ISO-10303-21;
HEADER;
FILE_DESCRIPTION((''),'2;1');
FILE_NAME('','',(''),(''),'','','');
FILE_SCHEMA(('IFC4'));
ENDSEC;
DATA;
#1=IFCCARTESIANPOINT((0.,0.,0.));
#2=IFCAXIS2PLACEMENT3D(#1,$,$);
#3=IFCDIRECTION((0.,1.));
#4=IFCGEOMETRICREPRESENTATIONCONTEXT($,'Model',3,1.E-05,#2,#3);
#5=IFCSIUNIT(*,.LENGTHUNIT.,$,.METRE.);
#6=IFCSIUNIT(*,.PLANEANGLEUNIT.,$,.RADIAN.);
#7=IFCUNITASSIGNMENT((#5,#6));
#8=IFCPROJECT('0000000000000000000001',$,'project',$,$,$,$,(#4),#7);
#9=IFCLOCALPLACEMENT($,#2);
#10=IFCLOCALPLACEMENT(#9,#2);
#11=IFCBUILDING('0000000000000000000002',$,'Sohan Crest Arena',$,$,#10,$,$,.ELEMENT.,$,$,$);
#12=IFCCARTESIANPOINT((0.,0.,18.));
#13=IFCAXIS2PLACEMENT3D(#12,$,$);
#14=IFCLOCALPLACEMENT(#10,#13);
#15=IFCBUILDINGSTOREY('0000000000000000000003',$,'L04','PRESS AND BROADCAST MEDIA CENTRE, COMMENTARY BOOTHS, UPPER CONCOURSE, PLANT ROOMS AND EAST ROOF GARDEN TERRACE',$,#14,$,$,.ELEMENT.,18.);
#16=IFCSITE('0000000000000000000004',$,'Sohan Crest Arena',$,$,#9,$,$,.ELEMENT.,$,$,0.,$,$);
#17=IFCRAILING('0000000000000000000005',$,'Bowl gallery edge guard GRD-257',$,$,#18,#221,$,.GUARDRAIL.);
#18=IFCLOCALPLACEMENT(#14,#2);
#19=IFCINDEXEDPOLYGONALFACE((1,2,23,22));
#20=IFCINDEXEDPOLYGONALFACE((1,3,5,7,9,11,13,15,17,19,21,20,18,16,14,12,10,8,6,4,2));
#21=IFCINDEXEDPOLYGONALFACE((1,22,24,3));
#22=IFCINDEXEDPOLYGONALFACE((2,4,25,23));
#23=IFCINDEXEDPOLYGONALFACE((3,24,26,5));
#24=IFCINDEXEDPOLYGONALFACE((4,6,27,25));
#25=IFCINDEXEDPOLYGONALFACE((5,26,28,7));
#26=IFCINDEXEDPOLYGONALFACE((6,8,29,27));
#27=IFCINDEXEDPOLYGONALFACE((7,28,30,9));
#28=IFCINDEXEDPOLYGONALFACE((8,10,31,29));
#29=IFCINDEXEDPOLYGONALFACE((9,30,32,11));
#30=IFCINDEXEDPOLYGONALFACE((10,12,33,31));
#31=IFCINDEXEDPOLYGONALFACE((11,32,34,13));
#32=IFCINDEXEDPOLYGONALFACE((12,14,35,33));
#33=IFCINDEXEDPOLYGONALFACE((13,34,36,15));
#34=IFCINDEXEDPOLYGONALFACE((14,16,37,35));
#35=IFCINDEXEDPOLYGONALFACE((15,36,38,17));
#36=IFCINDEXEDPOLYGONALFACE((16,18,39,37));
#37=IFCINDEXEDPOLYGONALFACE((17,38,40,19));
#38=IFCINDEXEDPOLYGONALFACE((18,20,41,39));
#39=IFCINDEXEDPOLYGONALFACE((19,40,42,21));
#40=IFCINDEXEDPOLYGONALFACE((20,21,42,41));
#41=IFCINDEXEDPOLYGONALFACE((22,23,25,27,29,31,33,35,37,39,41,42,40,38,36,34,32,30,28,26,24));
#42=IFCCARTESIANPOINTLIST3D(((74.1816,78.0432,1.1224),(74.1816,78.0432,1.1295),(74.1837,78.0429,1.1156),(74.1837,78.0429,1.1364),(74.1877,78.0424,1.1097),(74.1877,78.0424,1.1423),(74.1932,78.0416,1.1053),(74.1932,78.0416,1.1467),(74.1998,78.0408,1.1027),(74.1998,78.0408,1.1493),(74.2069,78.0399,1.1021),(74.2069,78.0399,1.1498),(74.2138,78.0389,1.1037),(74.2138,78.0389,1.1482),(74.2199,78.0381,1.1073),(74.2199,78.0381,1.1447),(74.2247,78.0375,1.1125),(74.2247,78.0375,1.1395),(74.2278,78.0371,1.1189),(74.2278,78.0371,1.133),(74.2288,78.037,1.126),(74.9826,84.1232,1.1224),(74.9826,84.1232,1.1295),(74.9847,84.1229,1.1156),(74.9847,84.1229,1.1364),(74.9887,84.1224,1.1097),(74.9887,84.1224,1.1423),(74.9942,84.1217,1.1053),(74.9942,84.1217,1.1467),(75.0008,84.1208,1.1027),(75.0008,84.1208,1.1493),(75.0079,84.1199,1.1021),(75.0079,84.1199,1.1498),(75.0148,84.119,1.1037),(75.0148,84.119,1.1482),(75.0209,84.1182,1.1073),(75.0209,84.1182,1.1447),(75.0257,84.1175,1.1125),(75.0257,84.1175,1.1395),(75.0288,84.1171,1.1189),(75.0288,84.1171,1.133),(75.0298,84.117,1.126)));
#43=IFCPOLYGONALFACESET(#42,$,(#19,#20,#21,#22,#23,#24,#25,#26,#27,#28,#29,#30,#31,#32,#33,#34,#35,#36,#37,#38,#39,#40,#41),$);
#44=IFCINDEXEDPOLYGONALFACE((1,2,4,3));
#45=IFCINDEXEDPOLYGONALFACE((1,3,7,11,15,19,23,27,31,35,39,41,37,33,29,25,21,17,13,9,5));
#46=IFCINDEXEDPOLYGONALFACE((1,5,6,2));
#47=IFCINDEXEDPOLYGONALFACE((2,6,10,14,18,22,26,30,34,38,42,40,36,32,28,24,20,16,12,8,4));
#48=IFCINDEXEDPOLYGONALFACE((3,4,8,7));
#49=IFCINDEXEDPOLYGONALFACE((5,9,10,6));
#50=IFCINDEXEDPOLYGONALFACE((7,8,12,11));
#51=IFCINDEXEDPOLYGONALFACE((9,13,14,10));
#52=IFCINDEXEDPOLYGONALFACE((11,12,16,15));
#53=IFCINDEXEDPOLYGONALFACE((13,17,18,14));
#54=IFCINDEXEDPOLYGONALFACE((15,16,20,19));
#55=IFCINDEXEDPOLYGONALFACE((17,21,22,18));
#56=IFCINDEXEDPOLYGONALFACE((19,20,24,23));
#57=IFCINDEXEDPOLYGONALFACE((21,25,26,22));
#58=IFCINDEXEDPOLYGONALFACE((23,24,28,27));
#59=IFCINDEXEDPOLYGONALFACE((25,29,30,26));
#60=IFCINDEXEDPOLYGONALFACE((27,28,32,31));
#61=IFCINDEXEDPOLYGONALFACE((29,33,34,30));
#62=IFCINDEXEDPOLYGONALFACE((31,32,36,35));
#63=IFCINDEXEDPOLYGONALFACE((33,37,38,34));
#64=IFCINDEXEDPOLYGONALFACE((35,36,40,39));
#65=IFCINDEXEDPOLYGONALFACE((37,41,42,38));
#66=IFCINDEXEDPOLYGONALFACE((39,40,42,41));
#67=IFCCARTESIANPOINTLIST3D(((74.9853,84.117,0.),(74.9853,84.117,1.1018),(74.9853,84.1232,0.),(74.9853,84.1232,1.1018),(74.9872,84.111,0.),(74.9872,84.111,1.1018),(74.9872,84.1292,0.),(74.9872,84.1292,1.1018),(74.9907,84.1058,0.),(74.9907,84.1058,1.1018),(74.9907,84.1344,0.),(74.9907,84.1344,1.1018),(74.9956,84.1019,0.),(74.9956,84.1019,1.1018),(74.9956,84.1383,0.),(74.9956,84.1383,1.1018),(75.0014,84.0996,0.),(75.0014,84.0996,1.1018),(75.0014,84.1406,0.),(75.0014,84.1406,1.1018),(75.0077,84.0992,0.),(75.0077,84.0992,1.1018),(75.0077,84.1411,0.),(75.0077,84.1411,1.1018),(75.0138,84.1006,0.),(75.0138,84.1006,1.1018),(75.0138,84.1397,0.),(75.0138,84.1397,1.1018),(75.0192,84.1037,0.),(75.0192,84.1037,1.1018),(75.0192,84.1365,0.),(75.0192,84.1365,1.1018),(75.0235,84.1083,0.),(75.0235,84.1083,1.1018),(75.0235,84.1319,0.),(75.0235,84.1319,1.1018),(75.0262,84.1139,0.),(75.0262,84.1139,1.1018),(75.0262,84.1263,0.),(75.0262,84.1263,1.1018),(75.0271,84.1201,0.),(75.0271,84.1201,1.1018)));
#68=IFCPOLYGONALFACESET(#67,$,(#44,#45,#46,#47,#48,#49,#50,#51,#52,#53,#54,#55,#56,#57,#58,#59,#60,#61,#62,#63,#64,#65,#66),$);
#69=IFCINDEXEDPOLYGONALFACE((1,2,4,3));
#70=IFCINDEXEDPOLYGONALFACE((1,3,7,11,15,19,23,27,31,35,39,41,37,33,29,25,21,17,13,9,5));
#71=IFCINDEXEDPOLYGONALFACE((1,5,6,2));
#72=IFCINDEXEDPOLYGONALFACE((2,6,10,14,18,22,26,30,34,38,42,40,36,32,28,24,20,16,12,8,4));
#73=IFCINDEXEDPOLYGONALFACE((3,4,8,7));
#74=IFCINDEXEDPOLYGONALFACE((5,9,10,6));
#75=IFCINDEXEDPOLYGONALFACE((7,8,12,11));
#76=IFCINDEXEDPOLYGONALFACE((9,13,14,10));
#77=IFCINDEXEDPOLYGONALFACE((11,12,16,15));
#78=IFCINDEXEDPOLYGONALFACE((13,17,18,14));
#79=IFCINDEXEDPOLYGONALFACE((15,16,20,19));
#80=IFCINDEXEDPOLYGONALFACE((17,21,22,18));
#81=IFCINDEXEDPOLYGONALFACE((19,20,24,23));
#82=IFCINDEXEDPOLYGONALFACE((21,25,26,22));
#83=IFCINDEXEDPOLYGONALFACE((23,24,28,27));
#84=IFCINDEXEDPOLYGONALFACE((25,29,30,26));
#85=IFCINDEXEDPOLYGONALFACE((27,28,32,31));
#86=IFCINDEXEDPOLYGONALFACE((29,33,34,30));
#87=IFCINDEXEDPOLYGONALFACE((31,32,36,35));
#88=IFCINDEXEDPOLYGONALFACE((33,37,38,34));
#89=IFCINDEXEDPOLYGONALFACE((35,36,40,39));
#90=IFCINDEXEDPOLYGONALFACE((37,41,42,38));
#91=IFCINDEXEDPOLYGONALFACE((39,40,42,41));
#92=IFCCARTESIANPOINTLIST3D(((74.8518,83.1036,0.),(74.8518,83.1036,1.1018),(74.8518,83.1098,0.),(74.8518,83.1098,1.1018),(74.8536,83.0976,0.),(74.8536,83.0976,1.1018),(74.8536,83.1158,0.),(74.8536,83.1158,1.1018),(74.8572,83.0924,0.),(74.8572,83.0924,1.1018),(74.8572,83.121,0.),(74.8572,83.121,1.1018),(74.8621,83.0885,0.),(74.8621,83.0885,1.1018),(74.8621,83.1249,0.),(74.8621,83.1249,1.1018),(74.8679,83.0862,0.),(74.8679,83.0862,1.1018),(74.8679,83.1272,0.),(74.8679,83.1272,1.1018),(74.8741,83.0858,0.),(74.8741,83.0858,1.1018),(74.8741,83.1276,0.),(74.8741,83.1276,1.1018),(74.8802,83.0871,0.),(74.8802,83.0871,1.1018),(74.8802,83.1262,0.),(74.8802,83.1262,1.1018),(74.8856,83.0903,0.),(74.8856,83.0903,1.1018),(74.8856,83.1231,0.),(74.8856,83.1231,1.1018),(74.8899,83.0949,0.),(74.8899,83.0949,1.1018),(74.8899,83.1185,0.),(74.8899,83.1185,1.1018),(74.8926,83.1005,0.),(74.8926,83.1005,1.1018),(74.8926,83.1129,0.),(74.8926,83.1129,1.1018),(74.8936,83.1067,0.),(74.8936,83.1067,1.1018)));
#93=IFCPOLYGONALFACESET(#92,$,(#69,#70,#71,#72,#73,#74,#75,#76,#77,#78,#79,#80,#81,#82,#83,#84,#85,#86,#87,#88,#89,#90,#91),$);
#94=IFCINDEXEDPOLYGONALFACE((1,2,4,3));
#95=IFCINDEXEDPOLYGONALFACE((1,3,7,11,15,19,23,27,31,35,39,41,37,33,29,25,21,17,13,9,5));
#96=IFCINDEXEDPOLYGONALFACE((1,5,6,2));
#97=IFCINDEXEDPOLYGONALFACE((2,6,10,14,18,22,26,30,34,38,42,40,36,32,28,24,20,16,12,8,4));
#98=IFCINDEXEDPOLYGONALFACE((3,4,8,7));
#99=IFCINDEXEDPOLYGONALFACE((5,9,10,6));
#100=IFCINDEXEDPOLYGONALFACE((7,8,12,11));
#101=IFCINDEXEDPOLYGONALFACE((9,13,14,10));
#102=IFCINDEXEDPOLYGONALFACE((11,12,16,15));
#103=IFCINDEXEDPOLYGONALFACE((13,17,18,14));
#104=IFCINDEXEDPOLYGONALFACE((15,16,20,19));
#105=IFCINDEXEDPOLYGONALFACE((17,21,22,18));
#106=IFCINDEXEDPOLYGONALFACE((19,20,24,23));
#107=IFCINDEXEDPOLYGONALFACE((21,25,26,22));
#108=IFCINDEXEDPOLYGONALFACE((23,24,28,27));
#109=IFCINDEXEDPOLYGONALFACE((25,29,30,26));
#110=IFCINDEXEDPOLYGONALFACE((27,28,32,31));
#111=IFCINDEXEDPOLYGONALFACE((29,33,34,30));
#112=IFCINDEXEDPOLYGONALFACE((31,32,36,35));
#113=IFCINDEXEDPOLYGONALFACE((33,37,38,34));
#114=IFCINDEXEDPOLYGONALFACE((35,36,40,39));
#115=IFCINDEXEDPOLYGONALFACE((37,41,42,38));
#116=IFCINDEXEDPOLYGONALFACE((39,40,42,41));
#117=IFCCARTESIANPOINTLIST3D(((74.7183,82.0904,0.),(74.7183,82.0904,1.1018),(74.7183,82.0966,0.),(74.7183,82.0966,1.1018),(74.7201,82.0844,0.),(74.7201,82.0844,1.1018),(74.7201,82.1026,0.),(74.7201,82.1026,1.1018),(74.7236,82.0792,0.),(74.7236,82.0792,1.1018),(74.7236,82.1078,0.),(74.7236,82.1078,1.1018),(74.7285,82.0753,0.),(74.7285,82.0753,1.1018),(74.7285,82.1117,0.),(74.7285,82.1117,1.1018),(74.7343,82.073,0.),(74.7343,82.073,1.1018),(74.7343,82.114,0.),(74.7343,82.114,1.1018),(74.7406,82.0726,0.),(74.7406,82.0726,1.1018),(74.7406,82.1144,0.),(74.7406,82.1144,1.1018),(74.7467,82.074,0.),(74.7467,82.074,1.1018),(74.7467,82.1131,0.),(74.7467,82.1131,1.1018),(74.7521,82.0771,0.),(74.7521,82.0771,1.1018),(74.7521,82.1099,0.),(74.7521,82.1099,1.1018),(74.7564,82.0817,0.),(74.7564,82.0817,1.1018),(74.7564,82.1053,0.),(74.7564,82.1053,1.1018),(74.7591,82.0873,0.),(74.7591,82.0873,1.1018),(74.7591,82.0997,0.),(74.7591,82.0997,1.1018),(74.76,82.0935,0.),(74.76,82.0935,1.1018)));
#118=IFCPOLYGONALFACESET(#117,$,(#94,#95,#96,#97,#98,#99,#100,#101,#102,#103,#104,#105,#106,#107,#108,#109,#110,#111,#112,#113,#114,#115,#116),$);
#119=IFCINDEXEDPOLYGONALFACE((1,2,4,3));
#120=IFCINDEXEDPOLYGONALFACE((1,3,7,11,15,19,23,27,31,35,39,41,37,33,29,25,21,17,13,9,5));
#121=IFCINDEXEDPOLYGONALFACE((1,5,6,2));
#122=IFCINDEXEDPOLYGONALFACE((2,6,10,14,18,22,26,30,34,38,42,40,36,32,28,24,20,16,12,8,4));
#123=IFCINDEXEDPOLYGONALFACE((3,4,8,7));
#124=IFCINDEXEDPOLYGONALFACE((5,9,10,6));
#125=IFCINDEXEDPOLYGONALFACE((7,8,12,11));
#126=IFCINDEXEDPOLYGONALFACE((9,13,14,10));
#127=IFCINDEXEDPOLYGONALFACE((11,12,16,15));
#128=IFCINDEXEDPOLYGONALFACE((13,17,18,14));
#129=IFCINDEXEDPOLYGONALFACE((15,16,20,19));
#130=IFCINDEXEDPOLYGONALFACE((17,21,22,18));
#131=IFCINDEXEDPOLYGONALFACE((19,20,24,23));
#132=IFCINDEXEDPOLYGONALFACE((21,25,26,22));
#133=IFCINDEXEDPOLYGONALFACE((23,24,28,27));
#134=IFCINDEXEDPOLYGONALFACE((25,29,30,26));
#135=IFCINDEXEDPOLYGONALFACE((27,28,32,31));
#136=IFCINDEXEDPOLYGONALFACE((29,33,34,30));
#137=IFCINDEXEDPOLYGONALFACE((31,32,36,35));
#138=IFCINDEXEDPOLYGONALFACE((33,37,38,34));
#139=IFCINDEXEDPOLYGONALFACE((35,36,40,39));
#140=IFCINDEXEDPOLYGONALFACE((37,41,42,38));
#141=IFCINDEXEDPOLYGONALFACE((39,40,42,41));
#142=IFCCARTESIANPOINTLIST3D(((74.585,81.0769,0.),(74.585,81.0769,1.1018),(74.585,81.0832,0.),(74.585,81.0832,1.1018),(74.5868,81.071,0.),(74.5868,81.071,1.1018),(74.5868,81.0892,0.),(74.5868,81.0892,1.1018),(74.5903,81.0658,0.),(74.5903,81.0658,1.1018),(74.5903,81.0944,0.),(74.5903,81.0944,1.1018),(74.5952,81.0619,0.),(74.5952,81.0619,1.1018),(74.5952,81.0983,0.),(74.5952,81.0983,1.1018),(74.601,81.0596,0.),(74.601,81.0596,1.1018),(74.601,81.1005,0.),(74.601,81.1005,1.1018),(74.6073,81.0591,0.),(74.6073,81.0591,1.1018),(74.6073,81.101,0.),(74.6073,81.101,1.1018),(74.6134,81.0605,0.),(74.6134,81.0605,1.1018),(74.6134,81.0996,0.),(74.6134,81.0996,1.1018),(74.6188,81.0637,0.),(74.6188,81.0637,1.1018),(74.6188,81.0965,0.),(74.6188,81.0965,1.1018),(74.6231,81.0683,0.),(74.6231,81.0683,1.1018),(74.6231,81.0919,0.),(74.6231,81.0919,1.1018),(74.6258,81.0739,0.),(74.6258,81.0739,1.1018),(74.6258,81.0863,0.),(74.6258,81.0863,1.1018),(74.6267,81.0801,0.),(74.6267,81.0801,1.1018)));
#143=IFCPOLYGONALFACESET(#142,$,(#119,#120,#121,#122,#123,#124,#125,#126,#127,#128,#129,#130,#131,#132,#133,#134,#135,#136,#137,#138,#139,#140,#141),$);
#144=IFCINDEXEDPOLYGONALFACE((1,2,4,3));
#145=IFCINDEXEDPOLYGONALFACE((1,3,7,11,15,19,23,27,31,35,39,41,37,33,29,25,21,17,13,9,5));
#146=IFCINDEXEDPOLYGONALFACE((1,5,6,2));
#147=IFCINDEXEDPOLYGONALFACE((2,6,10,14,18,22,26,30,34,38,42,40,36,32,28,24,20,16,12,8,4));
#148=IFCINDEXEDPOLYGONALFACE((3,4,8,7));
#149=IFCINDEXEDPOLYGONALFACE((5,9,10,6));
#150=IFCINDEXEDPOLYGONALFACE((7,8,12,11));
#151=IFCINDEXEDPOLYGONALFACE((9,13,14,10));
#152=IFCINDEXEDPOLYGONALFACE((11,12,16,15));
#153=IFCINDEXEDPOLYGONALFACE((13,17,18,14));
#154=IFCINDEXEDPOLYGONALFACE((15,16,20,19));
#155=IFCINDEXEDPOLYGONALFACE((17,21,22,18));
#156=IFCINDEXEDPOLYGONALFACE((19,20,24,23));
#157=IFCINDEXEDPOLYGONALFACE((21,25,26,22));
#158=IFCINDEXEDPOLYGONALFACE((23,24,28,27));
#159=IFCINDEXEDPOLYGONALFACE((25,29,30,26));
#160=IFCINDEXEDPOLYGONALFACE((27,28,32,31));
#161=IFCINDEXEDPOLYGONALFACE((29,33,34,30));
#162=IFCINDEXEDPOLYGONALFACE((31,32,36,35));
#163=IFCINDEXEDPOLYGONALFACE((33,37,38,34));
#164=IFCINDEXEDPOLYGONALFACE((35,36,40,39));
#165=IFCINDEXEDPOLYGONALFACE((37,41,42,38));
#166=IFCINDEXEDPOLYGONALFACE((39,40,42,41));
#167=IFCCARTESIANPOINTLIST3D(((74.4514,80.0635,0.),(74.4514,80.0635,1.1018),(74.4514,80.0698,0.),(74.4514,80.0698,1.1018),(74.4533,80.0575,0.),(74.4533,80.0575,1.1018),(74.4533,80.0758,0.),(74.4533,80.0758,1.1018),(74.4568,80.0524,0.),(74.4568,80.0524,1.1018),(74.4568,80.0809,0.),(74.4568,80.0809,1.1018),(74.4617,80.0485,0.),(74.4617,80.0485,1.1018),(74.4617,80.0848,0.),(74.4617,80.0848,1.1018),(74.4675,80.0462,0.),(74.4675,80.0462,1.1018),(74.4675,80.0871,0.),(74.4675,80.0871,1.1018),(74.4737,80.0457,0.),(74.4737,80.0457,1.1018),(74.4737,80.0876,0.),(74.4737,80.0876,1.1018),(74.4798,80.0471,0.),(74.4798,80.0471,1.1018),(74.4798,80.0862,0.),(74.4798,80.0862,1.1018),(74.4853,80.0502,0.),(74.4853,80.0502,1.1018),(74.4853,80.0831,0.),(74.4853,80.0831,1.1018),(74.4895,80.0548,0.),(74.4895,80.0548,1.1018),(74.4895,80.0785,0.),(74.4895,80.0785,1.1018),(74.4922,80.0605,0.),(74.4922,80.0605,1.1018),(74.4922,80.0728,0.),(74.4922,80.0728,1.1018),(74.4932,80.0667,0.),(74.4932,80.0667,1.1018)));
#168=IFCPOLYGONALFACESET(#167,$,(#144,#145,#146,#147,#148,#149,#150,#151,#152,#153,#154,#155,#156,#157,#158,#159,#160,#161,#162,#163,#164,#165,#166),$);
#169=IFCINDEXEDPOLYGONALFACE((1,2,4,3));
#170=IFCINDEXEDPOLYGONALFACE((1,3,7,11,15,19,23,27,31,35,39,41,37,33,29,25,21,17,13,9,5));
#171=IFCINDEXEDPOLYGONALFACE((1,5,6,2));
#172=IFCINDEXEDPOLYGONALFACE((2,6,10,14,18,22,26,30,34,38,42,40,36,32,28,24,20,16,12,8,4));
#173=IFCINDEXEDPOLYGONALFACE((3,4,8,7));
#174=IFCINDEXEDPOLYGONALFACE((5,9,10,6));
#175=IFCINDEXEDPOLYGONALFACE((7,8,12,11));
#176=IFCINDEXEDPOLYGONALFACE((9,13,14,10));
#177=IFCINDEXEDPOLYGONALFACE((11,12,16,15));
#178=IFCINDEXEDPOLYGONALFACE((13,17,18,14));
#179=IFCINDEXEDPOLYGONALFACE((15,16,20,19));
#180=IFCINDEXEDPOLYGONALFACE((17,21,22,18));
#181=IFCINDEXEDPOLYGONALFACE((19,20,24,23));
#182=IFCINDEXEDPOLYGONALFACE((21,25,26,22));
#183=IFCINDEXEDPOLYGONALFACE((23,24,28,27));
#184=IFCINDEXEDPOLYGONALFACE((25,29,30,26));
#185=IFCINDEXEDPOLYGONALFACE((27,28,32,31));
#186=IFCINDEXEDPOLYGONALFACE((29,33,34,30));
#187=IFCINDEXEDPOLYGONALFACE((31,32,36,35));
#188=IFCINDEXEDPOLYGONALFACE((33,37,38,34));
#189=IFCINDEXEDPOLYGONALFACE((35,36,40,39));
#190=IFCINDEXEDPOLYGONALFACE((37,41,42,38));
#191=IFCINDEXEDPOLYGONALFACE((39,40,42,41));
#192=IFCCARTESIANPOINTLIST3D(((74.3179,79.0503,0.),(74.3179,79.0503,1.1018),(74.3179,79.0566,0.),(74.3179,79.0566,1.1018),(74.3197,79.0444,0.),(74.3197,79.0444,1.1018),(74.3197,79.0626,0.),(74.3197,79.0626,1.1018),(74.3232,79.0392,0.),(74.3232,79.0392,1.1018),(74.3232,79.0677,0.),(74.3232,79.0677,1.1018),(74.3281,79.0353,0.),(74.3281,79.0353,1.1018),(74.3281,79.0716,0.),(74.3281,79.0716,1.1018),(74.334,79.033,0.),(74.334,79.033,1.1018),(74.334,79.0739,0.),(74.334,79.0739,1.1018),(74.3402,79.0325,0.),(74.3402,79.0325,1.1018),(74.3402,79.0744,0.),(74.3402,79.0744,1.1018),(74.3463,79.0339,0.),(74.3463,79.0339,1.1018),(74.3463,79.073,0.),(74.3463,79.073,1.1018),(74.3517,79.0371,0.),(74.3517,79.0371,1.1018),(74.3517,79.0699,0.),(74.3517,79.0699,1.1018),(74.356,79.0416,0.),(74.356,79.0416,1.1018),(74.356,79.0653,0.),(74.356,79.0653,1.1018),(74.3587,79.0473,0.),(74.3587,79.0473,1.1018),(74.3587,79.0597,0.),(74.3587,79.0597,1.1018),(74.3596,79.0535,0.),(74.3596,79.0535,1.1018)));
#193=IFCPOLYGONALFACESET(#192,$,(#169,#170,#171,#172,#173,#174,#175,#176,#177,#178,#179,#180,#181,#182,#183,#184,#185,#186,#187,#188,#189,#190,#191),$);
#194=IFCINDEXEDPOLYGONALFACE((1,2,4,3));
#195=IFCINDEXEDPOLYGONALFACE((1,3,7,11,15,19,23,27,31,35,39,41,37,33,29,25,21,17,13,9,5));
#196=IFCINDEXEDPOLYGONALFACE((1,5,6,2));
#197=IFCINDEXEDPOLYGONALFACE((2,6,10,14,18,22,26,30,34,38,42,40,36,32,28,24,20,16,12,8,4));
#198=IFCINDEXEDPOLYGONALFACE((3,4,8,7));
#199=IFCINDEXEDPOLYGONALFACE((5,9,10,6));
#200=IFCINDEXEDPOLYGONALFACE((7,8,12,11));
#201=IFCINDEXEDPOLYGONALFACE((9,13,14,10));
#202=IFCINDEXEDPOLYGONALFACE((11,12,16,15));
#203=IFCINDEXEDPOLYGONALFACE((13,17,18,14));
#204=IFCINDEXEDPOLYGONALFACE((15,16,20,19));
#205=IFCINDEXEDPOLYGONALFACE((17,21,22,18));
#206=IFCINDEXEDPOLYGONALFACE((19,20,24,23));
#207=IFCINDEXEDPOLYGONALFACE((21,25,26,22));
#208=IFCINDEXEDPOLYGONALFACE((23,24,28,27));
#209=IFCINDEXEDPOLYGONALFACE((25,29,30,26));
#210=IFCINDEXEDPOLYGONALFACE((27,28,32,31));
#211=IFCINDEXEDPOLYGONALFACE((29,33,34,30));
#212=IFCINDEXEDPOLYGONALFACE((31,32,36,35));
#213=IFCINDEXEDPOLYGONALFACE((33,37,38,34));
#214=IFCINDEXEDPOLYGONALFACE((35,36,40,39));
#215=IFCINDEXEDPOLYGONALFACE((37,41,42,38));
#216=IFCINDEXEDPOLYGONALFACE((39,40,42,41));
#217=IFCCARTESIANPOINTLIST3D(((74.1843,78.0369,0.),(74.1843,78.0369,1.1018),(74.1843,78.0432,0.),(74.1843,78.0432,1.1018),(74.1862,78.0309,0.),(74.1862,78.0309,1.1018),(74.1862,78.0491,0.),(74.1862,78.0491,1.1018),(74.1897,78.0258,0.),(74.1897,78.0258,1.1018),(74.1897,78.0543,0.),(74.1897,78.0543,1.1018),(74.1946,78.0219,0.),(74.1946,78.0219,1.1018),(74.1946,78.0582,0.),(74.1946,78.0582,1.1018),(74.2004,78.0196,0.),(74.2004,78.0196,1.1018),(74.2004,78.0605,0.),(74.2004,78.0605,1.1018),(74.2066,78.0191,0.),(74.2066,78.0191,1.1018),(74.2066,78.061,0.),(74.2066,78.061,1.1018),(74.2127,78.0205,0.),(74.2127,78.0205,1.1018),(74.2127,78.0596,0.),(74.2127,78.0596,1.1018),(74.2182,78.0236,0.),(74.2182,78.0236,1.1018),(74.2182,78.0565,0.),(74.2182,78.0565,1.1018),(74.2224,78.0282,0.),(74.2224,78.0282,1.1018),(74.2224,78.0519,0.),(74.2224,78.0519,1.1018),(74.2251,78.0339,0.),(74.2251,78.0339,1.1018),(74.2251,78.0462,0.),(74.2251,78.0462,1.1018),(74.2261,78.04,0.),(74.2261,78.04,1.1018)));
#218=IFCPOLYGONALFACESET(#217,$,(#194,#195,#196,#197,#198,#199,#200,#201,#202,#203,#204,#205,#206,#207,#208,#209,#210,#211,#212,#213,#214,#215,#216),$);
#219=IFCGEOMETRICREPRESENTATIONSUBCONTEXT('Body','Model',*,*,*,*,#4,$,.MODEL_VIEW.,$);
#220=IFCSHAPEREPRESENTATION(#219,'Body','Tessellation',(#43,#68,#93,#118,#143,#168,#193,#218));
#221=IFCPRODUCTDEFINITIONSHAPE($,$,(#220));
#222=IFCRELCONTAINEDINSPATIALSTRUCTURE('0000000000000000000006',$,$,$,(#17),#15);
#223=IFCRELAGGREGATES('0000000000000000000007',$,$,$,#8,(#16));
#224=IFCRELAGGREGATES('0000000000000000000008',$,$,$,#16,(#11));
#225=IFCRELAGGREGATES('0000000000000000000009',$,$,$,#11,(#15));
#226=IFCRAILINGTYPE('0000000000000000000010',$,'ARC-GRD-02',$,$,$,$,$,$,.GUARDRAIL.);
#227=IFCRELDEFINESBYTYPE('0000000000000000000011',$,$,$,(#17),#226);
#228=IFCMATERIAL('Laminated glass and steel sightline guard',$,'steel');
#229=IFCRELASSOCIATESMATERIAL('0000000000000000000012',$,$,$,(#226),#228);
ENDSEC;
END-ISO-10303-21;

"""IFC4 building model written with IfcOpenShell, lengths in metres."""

from ifc_helpers import new_model, si_unit, direction, frame, origin, origin_2d, place, context, subcontext, project, spatial, circle, extrude, material, type_object, element, save


model = new_model("IFC4")

# Units and contexts
model_context = context("Model", 3, precision=1e-05, world=origin(), true_north=direction((0.0, 1.0)))
body_context = subcontext(model_context, "Body", "Model", "MODEL_VIEW")
ifc_project = project(units=[si_unit("LENGTHUNIT", "METRE"), si_unit("PLANEANGLEUNIT", "RADIAN")], contexts=[model_context])

# Site, building, storey
site_placement = place(None, origin())
site = spatial("IfcSite", under=ifc_project, at=site_placement, Name="Sohan Crest Arena", CompositionType="ELEMENT", RefElevation=0.0)
building_placement = place(site_placement, origin())
building = spatial("IfcBuilding", under=site, at=building_placement, Name="Sohan Crest Arena", CompositionType="ELEMENT")
storey_placement = place(building_placement, frame((0.0, 0.0, 18.0)))
storey = spatial("IfcBuildingStorey", under=building, at=storey_placement, Name="L04", Description="PRESS AND BROADCAST MEDIA CENTRE, COMMENTARY BOOTHS, UPPER CONCOURSE, PLANT ROOMS AND EAST ROOF GARDEN TERRACE", CompositionType="ELEMENT", Elevation=18.0)

# Railing
ifc_material_1 = material(Name="Laminated glass and steel sightline guard", Category="steel")
railing_type = type_object("IfcRailingType", Name="ARC-GRD-02", PredefinedType="GUARDRAIL", material=ifc_material_1)
railing_1_placement = place(storey_placement, frame((75.0061, 84.1201, 0.0)))
element("IfcRailing", 1, at=railing_1_placement, inside=storey, type_object=railing_type, Name="Bowl gallery edge guard GRD-257", PredefinedType="GUARDRAIL", context=body_context, shape_type="SweptSolid", body=[
    extrude(circle(Radius=0.0239, at=origin_2d()), frame((0.0, 0.0, 1.126), z_axis=(-0.130617, -0.991433, 0.0), x_axis=(0.991433, -0.130617, 0.0)), (0.0, 0.0, 1.0), 6.1326),
    extrude(circle(Radius=0.021, at=origin_2d()), origin(), (0.0, 0.0, 1.0), 1.1018),
    extrude(circle(Radius=0.021, at=origin_2d()), frame((-0.1335, -1.0134, 0.0)), (0.0, 0.0, 1.0), 1.1018),
    extrude(circle(Radius=0.021, at=origin_2d()), frame((-0.2671, -2.0266, 0.0)), (0.0, 0.0, 1.0), 1.1018),
    extrude(circle(Radius=0.021, at=origin_2d()), frame((-0.4004, -3.04, 0.0)), (0.0, 0.0, 1.0), 1.1018),
    extrude(circle(Radius=0.021, at=origin_2d()), frame((-0.5339, -4.0535, 0.0)), (0.0, 0.0, 1.0), 1.1018),
    extrude(circle(Radius=0.021, at=origin_2d()), frame((-0.6675, -5.0667, 0.0)), (0.0, 0.0, 1.0), 1.1018),
    extrude(circle(Radius=0.021, at=origin_2d()), frame((-0.801, -6.0801, 0.0)), (0.0, 0.0, 1.0), 1.1018),
])

save(model, "model.ifc")
